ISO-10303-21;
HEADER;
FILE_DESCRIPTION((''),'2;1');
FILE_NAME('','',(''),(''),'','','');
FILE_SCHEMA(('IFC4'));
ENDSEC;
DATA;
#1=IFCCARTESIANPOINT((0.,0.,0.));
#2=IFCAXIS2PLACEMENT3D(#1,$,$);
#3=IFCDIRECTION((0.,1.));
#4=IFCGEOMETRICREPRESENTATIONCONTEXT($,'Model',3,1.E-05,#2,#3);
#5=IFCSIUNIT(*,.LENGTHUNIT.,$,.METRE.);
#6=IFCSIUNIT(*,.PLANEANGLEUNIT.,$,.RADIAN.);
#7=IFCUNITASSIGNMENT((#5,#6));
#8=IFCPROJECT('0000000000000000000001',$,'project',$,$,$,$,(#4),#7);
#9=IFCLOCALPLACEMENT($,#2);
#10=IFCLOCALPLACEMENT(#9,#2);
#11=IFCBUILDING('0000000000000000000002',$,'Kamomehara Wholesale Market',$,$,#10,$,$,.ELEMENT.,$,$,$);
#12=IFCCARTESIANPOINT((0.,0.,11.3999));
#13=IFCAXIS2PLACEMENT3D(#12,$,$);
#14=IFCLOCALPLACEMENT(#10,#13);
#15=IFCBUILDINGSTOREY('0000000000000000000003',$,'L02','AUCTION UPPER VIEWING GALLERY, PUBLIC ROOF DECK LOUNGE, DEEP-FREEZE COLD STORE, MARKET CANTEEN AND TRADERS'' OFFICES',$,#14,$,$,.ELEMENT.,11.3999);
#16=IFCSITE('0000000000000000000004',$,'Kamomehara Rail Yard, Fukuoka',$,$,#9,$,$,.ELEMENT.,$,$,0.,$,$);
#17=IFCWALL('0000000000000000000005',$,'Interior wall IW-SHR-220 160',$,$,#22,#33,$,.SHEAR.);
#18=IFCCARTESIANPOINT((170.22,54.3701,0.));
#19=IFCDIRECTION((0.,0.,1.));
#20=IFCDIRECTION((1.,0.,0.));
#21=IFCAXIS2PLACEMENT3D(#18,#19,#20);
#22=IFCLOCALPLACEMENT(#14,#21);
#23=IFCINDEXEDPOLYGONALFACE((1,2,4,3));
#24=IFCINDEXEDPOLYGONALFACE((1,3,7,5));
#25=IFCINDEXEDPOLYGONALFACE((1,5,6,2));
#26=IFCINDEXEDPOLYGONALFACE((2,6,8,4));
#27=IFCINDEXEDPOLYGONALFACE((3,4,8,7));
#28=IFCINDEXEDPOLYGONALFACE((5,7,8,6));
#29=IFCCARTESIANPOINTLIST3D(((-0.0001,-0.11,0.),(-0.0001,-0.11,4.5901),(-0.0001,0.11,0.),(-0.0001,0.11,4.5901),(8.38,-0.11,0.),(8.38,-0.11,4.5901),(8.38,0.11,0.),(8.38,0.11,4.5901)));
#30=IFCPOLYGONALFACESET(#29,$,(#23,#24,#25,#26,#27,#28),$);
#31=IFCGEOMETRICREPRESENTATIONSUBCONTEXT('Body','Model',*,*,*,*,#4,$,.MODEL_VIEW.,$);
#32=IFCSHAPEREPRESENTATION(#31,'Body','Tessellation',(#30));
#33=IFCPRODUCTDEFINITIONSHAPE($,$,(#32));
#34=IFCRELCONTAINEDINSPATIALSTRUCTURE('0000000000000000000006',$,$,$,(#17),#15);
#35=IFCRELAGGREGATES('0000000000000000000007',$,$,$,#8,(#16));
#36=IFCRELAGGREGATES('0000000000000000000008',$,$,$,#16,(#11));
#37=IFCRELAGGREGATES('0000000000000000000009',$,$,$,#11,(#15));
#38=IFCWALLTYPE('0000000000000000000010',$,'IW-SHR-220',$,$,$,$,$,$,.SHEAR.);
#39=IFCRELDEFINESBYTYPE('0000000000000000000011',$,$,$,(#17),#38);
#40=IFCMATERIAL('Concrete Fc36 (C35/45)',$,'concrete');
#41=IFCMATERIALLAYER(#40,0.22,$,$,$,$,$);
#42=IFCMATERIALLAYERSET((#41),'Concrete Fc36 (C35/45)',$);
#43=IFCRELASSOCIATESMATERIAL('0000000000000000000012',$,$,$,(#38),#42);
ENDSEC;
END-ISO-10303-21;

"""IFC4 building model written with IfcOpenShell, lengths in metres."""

from ifc_helpers import new_model, si_unit, direction, frame, frame_2d, origin, place, context, subcontext, project, spatial, rectangle, extrude, material, layer, layer_set, type_object, element, save


model = new_model("IFC4")

# Units and contexts
model_context = context("Model", 3, precision=1e-05, world=origin(), true_north=direction((0.0, 1.0)))
body_context = subcontext(model_context, "Body", "Model", "MODEL_VIEW")
ifc_project = project(units=[si_unit("LENGTHUNIT", "METRE"), si_unit("PLANEANGLEUNIT", "RADIAN")], contexts=[model_context])

# Site, building, storey
site_placement = place(None, origin())
site = spatial("IfcSite", under=ifc_project, at=site_placement, Name="Kamomehara Rail Yard, Fukuoka", CompositionType="ELEMENT", RefElevation=0.0)
building_placement = place(site_placement, origin())
building = spatial("IfcBuilding", under=site, at=building_placement, Name="Kamomehara Wholesale Market", CompositionType="ELEMENT")
storey_placement = place(building_placement, frame((0.0, 0.0, 11.3999)))
storey = spatial("IfcBuildingStorey", under=building, at=storey_placement, Name="L02", Description="AUCTION UPPER VIEWING GALLERY, PUBLIC ROOF DECK LOUNGE, DEEP-FREEZE COLD STORE, MARKET CANTEEN AND TRADERS' OFFICES", CompositionType="ELEMENT", Elevation=11.3999)

# Wall
ifc_material_1 = material(Name="Concrete Fc36 (C35/45)", Category="concrete")
ifc_layer_1 = layer(ifc_material_1, 0.22)
ifc_layer_set_1 = layer_set([ifc_layer_1], Name="Concrete Fc36 (C35/45)")
wall_type_1 = type_object("IfcWallType", Name="IW-SHR-220", PredefinedType="SHEAR", material=ifc_layer_set_1)
wall_1_placement = place(storey_placement, frame((170.22, 54.3701, 0.0), z_axis=(0.0, 0.0, 1.0), x_axis=(1.0, 0.0, 0.0)))
element("IfcWall", 1, at=wall_1_placement, inside=storey, type_object=wall_type_1, Name="Interior wall IW-SHR-220 160", PredefinedType="SHEAR", context=body_context, shape_type="SweptSolid", body=[
    extrude(rectangle(XDim=8.3801, YDim=0.22, at=frame_2d((4.1899, 0.0))), origin(), (0.0, 0.0, 1.0), 4.5901),
])

save(model, "model.ifc")
